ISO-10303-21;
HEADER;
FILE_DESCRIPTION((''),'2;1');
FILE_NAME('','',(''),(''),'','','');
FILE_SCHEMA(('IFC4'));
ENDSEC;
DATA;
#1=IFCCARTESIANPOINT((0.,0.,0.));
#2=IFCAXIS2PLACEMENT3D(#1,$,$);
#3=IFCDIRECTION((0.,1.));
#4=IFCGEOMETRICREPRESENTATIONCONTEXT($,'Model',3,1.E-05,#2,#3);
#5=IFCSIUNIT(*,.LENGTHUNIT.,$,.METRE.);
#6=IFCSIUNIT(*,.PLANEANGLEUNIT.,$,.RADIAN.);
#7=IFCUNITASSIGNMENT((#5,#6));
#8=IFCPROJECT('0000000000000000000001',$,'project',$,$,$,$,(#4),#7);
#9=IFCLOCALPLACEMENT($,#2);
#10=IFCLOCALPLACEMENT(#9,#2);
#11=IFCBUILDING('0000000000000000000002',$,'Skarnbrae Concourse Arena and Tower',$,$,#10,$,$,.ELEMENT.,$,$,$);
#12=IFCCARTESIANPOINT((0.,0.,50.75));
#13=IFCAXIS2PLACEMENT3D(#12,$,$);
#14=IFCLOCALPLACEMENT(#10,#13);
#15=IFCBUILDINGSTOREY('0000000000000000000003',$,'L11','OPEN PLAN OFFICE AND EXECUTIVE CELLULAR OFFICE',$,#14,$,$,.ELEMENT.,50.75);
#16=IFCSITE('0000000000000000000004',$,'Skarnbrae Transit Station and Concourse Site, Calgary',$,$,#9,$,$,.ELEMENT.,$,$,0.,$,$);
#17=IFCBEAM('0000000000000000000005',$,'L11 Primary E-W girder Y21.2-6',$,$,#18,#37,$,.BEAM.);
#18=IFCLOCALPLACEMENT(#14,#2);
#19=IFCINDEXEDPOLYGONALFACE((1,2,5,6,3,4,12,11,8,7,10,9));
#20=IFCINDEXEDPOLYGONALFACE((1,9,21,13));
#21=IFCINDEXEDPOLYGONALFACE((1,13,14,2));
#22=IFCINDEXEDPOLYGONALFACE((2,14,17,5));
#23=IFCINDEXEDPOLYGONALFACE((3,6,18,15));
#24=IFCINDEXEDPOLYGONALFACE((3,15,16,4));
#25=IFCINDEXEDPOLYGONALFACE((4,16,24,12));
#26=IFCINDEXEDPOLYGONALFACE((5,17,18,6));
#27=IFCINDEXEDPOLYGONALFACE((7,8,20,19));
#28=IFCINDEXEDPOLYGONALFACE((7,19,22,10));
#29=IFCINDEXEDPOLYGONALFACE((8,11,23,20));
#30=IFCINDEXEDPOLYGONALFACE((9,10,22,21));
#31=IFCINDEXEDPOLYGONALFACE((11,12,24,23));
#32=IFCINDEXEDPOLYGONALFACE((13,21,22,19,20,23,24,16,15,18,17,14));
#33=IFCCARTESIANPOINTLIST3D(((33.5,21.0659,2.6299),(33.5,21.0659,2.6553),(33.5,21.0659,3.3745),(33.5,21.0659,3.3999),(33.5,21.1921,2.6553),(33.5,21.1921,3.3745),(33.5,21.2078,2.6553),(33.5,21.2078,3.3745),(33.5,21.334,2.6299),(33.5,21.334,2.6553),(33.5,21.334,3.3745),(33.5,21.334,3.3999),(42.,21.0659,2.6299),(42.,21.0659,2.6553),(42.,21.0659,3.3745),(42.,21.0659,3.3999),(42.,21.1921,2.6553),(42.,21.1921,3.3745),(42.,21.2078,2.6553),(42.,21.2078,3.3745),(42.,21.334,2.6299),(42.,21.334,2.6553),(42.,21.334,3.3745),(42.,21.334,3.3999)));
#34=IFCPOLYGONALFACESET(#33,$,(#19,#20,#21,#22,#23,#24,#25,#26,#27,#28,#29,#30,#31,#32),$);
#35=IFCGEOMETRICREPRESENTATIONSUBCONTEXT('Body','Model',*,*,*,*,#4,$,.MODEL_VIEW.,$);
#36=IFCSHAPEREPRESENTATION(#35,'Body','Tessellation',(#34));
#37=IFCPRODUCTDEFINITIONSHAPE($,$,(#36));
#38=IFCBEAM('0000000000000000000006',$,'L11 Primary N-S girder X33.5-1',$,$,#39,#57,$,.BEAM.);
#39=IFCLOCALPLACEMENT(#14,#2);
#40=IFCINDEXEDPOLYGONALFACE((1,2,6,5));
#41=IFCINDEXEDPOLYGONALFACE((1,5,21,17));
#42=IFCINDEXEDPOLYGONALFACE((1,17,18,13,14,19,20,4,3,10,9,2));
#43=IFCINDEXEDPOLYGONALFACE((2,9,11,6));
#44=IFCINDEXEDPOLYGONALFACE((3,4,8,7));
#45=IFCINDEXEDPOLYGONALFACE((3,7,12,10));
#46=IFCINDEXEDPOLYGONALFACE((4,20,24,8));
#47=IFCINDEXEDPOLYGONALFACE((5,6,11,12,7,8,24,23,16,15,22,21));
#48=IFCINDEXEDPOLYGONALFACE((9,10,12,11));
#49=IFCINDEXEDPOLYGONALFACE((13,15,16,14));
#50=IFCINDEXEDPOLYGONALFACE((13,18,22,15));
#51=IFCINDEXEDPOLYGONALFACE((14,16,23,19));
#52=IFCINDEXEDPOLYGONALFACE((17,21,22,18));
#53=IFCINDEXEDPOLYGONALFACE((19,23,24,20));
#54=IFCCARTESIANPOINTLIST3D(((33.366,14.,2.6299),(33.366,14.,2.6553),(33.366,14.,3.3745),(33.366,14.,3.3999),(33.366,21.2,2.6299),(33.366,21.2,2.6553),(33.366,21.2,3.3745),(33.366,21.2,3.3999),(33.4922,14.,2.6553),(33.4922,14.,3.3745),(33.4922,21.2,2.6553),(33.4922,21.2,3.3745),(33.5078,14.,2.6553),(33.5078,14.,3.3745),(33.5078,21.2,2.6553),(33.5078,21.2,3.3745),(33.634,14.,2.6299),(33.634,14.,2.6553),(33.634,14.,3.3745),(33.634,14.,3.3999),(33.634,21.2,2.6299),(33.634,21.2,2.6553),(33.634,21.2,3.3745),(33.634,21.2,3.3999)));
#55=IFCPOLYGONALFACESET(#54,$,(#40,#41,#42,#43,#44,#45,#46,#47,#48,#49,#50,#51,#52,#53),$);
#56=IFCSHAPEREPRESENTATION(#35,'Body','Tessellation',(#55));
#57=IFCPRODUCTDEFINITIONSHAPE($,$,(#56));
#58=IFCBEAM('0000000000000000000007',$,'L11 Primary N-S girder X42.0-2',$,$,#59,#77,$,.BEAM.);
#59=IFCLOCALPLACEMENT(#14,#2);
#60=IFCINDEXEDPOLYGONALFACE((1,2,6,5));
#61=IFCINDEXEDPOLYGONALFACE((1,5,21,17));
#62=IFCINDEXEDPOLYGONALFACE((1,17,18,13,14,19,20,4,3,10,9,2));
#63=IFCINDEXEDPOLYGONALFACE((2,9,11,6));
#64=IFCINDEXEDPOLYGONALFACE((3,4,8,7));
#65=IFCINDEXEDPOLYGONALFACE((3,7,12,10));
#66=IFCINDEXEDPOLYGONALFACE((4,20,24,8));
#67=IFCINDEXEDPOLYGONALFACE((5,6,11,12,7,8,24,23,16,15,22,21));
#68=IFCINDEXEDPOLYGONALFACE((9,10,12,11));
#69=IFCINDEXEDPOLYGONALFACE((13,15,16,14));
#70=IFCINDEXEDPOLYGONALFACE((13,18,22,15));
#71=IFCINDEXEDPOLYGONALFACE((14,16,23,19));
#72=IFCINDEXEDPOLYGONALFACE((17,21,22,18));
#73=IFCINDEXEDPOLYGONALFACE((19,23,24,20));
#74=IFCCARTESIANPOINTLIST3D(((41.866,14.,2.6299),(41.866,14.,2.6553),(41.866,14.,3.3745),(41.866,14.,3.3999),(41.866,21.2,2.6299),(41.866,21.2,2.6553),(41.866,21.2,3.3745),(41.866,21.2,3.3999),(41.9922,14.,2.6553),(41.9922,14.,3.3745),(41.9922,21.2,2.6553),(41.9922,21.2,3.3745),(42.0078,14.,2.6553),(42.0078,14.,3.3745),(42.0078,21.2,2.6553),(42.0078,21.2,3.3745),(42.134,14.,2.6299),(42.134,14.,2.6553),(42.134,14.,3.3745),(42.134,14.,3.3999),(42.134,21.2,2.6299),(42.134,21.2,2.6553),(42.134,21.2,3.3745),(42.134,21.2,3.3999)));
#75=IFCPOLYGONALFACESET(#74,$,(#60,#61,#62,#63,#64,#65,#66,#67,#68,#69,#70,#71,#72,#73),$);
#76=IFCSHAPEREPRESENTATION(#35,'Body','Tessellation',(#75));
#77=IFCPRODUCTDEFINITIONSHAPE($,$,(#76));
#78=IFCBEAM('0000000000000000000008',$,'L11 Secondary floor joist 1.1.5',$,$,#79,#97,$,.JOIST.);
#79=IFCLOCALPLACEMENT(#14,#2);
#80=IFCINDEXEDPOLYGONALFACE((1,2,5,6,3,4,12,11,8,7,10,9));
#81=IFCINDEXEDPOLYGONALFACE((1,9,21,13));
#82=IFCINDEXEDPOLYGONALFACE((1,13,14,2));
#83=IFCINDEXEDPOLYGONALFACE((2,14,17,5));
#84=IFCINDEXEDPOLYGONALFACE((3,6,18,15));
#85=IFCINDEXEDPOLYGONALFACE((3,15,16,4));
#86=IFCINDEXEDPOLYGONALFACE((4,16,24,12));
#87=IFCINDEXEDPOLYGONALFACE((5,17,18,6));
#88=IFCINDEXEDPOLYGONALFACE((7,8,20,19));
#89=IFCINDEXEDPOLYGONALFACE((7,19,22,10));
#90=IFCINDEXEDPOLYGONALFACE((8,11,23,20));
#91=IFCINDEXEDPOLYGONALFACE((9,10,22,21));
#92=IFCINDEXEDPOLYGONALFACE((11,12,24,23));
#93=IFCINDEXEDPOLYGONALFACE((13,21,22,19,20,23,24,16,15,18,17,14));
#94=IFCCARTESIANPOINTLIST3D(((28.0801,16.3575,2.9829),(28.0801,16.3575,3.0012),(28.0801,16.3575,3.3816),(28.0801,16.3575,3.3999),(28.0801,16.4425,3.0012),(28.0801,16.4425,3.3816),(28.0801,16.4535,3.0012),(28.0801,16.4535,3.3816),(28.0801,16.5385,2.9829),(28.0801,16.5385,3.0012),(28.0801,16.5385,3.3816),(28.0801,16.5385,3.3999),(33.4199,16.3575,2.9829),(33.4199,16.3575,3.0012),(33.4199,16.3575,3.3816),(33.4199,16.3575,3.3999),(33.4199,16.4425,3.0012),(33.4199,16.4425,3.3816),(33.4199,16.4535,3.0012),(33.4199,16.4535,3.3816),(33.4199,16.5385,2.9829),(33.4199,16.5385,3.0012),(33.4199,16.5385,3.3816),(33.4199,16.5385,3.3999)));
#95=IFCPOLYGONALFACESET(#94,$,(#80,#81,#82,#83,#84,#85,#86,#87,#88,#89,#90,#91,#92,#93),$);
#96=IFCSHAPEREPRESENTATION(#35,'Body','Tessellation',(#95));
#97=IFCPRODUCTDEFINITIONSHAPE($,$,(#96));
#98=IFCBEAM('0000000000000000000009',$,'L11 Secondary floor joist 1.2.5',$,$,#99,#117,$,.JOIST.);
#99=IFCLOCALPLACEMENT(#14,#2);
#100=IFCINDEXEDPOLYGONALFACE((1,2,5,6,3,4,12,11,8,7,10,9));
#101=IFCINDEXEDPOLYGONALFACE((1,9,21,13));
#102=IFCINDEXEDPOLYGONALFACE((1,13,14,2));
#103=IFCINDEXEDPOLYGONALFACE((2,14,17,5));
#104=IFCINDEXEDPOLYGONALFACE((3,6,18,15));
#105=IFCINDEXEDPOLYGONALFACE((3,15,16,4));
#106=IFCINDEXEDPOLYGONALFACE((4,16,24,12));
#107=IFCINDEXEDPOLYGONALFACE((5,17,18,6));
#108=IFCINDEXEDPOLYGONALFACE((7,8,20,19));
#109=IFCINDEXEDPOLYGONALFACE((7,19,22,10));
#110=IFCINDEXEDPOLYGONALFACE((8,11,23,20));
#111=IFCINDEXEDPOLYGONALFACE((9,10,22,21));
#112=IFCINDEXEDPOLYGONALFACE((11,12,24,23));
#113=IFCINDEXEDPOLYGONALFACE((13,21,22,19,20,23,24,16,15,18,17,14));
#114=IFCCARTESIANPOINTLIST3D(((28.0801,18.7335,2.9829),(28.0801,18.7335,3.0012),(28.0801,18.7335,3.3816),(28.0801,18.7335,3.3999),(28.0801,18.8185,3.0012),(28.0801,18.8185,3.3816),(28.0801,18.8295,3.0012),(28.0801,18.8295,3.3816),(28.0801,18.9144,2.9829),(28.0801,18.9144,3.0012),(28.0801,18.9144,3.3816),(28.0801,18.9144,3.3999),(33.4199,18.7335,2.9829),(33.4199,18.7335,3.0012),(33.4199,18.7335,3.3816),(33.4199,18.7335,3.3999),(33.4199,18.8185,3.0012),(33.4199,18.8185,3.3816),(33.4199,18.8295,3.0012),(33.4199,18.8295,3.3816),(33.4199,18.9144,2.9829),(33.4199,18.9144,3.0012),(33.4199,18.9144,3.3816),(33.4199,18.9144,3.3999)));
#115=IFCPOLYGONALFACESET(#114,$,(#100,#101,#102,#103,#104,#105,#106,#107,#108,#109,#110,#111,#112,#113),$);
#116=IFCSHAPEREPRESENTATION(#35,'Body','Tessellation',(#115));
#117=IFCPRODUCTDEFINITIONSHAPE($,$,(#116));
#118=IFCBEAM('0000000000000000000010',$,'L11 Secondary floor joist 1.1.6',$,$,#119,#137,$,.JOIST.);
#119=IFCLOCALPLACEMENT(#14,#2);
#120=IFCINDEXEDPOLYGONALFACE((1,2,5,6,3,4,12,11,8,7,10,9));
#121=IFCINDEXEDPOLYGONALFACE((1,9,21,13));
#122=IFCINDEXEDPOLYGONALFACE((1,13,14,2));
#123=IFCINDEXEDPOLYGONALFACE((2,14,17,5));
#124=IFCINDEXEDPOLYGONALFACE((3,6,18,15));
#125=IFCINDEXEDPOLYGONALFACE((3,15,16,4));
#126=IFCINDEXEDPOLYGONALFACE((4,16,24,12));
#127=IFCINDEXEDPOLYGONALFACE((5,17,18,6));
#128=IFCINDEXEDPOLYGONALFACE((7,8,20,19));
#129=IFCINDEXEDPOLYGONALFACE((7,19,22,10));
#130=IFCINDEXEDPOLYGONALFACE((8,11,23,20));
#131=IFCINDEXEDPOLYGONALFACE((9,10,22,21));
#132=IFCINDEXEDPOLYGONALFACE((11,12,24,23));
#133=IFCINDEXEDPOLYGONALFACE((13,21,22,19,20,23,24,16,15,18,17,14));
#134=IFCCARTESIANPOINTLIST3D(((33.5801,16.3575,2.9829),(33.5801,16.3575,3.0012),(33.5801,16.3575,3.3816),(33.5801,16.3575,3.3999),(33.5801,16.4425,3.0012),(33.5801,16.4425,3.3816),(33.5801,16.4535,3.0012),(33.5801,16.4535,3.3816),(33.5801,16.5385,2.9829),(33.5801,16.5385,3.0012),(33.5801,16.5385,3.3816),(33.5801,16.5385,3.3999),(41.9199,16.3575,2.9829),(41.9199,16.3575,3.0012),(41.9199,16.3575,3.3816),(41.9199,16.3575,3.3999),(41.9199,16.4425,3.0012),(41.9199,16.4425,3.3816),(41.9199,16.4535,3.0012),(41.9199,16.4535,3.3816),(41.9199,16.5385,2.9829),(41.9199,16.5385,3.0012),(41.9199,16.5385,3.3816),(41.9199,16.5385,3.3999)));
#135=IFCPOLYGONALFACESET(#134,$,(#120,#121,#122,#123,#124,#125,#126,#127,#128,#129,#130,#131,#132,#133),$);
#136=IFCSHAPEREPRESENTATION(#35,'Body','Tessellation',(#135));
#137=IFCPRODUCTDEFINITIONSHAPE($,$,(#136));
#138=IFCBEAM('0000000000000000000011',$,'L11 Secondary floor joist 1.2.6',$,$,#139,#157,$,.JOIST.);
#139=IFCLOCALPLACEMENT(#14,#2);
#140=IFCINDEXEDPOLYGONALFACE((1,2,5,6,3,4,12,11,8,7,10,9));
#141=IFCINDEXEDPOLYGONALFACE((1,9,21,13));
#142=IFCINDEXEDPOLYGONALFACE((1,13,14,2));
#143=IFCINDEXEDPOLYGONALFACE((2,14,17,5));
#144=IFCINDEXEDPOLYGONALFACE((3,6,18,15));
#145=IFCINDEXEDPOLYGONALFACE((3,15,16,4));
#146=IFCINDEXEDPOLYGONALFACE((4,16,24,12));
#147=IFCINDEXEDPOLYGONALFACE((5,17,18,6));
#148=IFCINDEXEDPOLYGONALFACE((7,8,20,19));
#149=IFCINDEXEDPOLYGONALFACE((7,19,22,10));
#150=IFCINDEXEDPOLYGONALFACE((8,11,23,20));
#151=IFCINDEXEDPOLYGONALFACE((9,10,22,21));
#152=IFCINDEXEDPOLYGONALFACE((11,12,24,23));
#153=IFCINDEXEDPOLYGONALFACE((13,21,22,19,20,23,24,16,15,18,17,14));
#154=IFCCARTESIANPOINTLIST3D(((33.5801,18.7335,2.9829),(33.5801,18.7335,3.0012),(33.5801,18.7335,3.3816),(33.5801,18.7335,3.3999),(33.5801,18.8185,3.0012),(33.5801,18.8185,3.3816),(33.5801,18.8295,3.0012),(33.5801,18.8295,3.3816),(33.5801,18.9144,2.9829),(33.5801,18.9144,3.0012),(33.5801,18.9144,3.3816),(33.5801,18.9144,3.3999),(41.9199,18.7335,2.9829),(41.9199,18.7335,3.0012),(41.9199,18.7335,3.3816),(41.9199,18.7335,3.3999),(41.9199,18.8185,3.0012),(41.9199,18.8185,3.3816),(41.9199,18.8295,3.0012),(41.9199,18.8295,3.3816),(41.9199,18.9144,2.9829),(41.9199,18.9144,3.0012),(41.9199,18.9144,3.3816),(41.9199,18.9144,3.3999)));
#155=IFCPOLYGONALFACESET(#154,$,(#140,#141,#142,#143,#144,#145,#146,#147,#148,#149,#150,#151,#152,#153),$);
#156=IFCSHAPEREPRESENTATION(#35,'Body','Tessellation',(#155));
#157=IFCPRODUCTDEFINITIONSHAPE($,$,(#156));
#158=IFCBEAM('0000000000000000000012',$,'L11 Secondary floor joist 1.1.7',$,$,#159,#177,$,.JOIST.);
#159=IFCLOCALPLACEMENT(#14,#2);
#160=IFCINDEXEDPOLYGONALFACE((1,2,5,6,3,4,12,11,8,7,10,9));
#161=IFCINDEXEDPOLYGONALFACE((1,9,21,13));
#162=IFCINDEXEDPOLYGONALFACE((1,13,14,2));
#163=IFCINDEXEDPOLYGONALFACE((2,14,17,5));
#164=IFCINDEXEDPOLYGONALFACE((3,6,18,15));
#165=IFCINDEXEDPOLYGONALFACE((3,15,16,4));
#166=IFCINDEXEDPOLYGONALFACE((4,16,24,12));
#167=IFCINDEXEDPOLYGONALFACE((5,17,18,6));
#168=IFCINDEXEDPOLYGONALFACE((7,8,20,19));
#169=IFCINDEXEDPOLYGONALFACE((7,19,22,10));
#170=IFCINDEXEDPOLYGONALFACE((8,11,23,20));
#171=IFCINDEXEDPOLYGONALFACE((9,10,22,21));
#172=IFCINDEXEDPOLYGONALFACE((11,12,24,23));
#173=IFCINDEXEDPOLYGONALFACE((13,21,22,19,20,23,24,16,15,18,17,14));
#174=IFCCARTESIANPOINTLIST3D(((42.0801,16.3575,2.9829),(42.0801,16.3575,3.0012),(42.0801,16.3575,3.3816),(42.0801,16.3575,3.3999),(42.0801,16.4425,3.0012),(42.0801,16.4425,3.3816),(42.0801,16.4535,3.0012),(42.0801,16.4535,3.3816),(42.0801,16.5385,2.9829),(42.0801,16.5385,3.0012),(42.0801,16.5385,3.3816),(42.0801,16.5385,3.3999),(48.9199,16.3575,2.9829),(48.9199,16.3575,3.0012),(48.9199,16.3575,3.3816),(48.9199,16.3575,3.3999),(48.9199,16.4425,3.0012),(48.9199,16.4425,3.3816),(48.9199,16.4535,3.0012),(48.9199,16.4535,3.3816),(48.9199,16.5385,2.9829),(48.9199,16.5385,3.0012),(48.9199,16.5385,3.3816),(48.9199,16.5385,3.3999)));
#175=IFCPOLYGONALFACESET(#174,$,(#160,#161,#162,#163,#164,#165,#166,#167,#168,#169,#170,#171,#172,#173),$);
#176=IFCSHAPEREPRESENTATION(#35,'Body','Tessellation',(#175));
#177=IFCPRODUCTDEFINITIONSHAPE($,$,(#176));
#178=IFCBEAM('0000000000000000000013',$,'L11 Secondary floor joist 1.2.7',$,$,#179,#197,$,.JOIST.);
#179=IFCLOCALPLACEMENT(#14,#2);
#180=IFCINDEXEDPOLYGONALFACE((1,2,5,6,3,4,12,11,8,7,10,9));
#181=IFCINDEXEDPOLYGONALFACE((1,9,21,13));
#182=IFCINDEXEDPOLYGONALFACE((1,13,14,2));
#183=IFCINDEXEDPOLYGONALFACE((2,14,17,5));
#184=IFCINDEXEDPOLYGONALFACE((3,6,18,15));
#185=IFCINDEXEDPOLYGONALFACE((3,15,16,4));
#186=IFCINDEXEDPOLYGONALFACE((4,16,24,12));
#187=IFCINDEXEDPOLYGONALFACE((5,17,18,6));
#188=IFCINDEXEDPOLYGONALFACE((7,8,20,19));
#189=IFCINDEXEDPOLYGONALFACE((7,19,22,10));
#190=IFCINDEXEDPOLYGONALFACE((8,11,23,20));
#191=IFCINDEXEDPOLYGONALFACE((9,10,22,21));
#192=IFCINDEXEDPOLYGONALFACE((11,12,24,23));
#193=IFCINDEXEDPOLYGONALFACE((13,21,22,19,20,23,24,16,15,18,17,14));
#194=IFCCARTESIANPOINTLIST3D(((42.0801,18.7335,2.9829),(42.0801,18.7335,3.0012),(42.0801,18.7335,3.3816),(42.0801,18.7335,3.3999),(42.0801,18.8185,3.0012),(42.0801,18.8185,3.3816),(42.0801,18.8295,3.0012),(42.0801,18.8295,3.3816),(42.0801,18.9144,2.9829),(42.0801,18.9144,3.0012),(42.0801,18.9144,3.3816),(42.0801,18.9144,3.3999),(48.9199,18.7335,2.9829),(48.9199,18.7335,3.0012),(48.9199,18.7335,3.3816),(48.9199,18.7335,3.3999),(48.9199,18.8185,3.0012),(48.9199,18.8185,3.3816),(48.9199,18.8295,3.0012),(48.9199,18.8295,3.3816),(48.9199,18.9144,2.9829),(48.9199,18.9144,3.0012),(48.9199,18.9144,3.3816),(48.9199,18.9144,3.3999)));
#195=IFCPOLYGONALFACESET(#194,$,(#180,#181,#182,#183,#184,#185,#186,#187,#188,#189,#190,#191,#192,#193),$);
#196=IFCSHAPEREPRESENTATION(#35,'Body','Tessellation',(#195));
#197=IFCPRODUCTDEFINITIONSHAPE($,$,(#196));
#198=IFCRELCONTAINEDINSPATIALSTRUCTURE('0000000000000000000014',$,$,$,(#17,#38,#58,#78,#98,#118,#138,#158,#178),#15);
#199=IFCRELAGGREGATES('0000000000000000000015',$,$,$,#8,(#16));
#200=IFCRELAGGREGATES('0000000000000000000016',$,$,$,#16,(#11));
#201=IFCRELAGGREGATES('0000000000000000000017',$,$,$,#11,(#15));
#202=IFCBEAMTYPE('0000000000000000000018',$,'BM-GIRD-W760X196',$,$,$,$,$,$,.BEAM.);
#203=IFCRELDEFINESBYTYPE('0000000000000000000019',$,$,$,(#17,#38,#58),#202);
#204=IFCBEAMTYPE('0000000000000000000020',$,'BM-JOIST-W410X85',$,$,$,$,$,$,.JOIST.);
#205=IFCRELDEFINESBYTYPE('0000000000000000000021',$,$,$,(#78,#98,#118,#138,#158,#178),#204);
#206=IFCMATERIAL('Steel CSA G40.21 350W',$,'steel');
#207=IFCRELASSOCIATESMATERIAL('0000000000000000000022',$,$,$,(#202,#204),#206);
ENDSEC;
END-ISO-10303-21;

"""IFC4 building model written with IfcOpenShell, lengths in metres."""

from ifc_helpers import new_model, si_unit, direction, frame, origin, origin_2d, place, context, subcontext, project, spatial, i_section, extrude, source, transform, mapped, material, material_profile, profile_set, type_object, element, save


model = new_model("IFC4")

# Units and contexts
model_context = context("Model", 3, precision=1e-05, world=origin(), true_north=direction((0.0, 1.0)))
body_context = subcontext(model_context, "Body", "Model", "MODEL_VIEW")
ifc_project = project(units=[si_unit("LENGTHUNIT", "METRE"), si_unit("PLANEANGLEUNIT", "RADIAN")], contexts=[model_context])

# Site, building, storey
site_placement = place(None, origin())
site = spatial("IfcSite", under=ifc_project, at=site_placement, Name="Skarnbrae Transit Station and Concourse Site, Calgary", CompositionType="ELEMENT", RefElevation=0.0)
building_placement = place(site_placement, origin())
building = spatial("IfcBuilding", under=site, at=building_placement, Name="Skarnbrae Concourse Arena and Tower", CompositionType="ELEMENT")
storey_placement = place(building_placement, frame((0.0, 0.0, 50.75)))
storey = spatial("IfcBuildingStorey", under=building, at=storey_placement, Name="L11", Description="OPEN PLAN OFFICE AND EXECUTIVE CELLULAR OFFICE", CompositionType="ELEMENT", Elevation=50.75)

# Shared definitions
ifc_material_1 = material(Name="Steel CSA G40.21 350W", Category="steel")

# Beams
ifc_material_profile_1 = material_profile(ifc_material_1, i_section(OverallWidth=0.2681, OverallDepth=0.77, WebThickness=0.0156, FlangeThickness=0.0254, at=origin_2d()), Name="W760X196")
ifc_profile_set_1 = profile_set([ifc_material_profile_1], Name="Steel CSA G40.21 350W")
beam_type_1 = type_object("IfcBeamType", Name="BM-GIRD-W760X196", PredefinedType="BEAM", material=ifc_profile_set_1)
shared_shape_1 = source(origin(), body_context, "Body", "SweptSolid", [
    extrude(i_section(OverallWidth=0.2681, OverallDepth=0.77, WebThickness=0.0156, FlangeThickness=0.0254, at=origin_2d()), origin(), (0.0, 0.0, 1.0), 8.5),
])
for number, where, z_axis, x_axis, name in (
    (1, (33.5, 21.2, 3.0149), (1.0, 0.0, 0.0), (0.0, 1.0, 0.0), "L11 Primary E-W girder Y21.2-6"),
):
    element("IfcBeam", number, at=place(storey_placement, frame(where, z_axis=z_axis, x_axis=x_axis)), inside=storey, type_object=beam_type_1, Name=name, PredefinedType="BEAM", context=body_context, shape_type="MappedRepresentation", body=[
        mapped(shared_shape_1, transform((0.0, 0.0, 0.0))),
    ])
shared_shape_2 = source(origin(), body_context, "Body", "SweptSolid", [
    extrude(i_section(OverallWidth=0.2681, OverallDepth=0.77, WebThickness=0.0156, FlangeThickness=0.0254, at=origin_2d()), origin(), (0.0, 0.0, 1.0), 7.2),
])
for number, where, z_axis, x_axis, name in (
    (2, (33.5, 14.0, 3.0149), (0.0, 1.0, 0.0), (-1.0, 0.0, 0.0), "L11 Primary N-S girder X33.5-1"),
    (3, (42.0, 14.0, 3.0149), (0.0, 1.0, 0.0), (-1.0, 0.0, 0.0), "L11 Primary N-S girder X42.0-2"),
):
    element("IfcBeam", number, at=place(storey_placement, frame(where, z_axis=z_axis, x_axis=x_axis)), inside=storey, type_object=beam_type_1, Name=name, PredefinedType="BEAM", context=body_context, shape_type="MappedRepresentation", body=[
        mapped(shared_shape_2, transform((0.0, 0.0, 0.0))),
    ])
ifc_material_profile_2 = material_profile(ifc_material_1, i_section(OverallWidth=0.1809, OverallDepth=0.417, WebThickness=0.011, FlangeThickness=0.0183, at=origin_2d()), Name="W410X85")
ifc_profile_set_2 = profile_set([ifc_material_profile_2], Name="Steel CSA G40.21 350W")
beam_type_2 = type_object("IfcBeamType", Name="BM-JOIST-W410X85", PredefinedType="JOIST", material=ifc_profile_set_2)
shared_shape_3 = source(origin(), body_context, "Body", "SweptSolid", [
    extrude(i_section(OverallWidth=0.1809, OverallDepth=0.417, WebThickness=0.011, FlangeThickness=0.0183, at=origin_2d()), origin(), (0.0, 0.0, 1.0), 5.3398),
])
for number, where, z_axis, x_axis, name in (
    (4, (28.0801, 16.448, 3.1914), (1.0, 0.0, 0.0), (0.0, 1.0, 0.0), "L11 Secondary floor joist 1.1.5"),
    (5, (28.0801, 18.824, 3.1914), (1.0, 0.0, 0.0), (0.0, 1.0, 0.0), "L11 Secondary floor joist 1.2.5"),
):
    element("IfcBeam", number, at=place(storey_placement, frame(where, z_axis=z_axis, x_axis=x_axis)), inside=storey, type_object=beam_type_2, Name=name, PredefinedType="JOIST", context=body_context, shape_type="MappedRepresentation", body=[
        mapped(shared_shape_3, transform((0.0, 0.0, 0.0))),
    ])
shared_shape_4 = source(origin(), body_context, "Body", "SweptSolid", [
    extrude(i_section(OverallWidth=0.1809, OverallDepth=0.417, WebThickness=0.011, FlangeThickness=0.0183, at=origin_2d()), origin(), (0.0, 0.0, 1.0), 8.3398),
])
for number, where, z_axis, x_axis, name in (
    (6, (33.5801, 16.448, 3.1914), (1.0, 0.0, 0.0), (0.0, 1.0, 0.0), "L11 Secondary floor joist 1.1.6"),
    (7, (33.5801, 18.824, 3.1914), (1.0, 0.0, 0.0), (0.0, 1.0, 0.0), "L11 Secondary floor joist 1.2.6"),
):
    element("IfcBeam", number, at=place(storey_placement, frame(where, z_axis=z_axis, x_axis=x_axis)), inside=storey, type_object=beam_type_2, Name=name, PredefinedType="JOIST", context=body_context, shape_type="MappedRepresentation", body=[
        mapped(shared_shape_4, transform((0.0, 0.0, 0.0))),
    ])
shared_shape_5 = source(origin(), body_context, "Body", "SweptSolid", [
    extrude(i_section(OverallWidth=0.1809, OverallDepth=0.417, WebThickness=0.011, FlangeThickness=0.0183, at=origin_2d()), origin(), (0.0, 0.0, 1.0), 6.8398),
])
for number, where, z_axis, x_axis, name in (
    (8, (42.0801, 16.448, 3.1914), (1.0, 0.0, 0.0), (0.0, 1.0, 0.0), "L11 Secondary floor joist 1.1.7"),
    (9, (42.0801, 18.824, 3.1914), (1.0, 0.0, 0.0), (0.0, 1.0, 0.0), "L11 Secondary floor joist 1.2.7"),
):
    element("IfcBeam", number, at=place(storey_placement, frame(where, z_axis=z_axis, x_axis=x_axis)), inside=storey, type_object=beam_type_2, Name=name, PredefinedType="JOIST", context=body_context, shape_type="MappedRepresentation", body=[
        mapped(shared_shape_5, transform((0.0, 0.0, 0.0))),
    ])

save(model, "model.ifc")
